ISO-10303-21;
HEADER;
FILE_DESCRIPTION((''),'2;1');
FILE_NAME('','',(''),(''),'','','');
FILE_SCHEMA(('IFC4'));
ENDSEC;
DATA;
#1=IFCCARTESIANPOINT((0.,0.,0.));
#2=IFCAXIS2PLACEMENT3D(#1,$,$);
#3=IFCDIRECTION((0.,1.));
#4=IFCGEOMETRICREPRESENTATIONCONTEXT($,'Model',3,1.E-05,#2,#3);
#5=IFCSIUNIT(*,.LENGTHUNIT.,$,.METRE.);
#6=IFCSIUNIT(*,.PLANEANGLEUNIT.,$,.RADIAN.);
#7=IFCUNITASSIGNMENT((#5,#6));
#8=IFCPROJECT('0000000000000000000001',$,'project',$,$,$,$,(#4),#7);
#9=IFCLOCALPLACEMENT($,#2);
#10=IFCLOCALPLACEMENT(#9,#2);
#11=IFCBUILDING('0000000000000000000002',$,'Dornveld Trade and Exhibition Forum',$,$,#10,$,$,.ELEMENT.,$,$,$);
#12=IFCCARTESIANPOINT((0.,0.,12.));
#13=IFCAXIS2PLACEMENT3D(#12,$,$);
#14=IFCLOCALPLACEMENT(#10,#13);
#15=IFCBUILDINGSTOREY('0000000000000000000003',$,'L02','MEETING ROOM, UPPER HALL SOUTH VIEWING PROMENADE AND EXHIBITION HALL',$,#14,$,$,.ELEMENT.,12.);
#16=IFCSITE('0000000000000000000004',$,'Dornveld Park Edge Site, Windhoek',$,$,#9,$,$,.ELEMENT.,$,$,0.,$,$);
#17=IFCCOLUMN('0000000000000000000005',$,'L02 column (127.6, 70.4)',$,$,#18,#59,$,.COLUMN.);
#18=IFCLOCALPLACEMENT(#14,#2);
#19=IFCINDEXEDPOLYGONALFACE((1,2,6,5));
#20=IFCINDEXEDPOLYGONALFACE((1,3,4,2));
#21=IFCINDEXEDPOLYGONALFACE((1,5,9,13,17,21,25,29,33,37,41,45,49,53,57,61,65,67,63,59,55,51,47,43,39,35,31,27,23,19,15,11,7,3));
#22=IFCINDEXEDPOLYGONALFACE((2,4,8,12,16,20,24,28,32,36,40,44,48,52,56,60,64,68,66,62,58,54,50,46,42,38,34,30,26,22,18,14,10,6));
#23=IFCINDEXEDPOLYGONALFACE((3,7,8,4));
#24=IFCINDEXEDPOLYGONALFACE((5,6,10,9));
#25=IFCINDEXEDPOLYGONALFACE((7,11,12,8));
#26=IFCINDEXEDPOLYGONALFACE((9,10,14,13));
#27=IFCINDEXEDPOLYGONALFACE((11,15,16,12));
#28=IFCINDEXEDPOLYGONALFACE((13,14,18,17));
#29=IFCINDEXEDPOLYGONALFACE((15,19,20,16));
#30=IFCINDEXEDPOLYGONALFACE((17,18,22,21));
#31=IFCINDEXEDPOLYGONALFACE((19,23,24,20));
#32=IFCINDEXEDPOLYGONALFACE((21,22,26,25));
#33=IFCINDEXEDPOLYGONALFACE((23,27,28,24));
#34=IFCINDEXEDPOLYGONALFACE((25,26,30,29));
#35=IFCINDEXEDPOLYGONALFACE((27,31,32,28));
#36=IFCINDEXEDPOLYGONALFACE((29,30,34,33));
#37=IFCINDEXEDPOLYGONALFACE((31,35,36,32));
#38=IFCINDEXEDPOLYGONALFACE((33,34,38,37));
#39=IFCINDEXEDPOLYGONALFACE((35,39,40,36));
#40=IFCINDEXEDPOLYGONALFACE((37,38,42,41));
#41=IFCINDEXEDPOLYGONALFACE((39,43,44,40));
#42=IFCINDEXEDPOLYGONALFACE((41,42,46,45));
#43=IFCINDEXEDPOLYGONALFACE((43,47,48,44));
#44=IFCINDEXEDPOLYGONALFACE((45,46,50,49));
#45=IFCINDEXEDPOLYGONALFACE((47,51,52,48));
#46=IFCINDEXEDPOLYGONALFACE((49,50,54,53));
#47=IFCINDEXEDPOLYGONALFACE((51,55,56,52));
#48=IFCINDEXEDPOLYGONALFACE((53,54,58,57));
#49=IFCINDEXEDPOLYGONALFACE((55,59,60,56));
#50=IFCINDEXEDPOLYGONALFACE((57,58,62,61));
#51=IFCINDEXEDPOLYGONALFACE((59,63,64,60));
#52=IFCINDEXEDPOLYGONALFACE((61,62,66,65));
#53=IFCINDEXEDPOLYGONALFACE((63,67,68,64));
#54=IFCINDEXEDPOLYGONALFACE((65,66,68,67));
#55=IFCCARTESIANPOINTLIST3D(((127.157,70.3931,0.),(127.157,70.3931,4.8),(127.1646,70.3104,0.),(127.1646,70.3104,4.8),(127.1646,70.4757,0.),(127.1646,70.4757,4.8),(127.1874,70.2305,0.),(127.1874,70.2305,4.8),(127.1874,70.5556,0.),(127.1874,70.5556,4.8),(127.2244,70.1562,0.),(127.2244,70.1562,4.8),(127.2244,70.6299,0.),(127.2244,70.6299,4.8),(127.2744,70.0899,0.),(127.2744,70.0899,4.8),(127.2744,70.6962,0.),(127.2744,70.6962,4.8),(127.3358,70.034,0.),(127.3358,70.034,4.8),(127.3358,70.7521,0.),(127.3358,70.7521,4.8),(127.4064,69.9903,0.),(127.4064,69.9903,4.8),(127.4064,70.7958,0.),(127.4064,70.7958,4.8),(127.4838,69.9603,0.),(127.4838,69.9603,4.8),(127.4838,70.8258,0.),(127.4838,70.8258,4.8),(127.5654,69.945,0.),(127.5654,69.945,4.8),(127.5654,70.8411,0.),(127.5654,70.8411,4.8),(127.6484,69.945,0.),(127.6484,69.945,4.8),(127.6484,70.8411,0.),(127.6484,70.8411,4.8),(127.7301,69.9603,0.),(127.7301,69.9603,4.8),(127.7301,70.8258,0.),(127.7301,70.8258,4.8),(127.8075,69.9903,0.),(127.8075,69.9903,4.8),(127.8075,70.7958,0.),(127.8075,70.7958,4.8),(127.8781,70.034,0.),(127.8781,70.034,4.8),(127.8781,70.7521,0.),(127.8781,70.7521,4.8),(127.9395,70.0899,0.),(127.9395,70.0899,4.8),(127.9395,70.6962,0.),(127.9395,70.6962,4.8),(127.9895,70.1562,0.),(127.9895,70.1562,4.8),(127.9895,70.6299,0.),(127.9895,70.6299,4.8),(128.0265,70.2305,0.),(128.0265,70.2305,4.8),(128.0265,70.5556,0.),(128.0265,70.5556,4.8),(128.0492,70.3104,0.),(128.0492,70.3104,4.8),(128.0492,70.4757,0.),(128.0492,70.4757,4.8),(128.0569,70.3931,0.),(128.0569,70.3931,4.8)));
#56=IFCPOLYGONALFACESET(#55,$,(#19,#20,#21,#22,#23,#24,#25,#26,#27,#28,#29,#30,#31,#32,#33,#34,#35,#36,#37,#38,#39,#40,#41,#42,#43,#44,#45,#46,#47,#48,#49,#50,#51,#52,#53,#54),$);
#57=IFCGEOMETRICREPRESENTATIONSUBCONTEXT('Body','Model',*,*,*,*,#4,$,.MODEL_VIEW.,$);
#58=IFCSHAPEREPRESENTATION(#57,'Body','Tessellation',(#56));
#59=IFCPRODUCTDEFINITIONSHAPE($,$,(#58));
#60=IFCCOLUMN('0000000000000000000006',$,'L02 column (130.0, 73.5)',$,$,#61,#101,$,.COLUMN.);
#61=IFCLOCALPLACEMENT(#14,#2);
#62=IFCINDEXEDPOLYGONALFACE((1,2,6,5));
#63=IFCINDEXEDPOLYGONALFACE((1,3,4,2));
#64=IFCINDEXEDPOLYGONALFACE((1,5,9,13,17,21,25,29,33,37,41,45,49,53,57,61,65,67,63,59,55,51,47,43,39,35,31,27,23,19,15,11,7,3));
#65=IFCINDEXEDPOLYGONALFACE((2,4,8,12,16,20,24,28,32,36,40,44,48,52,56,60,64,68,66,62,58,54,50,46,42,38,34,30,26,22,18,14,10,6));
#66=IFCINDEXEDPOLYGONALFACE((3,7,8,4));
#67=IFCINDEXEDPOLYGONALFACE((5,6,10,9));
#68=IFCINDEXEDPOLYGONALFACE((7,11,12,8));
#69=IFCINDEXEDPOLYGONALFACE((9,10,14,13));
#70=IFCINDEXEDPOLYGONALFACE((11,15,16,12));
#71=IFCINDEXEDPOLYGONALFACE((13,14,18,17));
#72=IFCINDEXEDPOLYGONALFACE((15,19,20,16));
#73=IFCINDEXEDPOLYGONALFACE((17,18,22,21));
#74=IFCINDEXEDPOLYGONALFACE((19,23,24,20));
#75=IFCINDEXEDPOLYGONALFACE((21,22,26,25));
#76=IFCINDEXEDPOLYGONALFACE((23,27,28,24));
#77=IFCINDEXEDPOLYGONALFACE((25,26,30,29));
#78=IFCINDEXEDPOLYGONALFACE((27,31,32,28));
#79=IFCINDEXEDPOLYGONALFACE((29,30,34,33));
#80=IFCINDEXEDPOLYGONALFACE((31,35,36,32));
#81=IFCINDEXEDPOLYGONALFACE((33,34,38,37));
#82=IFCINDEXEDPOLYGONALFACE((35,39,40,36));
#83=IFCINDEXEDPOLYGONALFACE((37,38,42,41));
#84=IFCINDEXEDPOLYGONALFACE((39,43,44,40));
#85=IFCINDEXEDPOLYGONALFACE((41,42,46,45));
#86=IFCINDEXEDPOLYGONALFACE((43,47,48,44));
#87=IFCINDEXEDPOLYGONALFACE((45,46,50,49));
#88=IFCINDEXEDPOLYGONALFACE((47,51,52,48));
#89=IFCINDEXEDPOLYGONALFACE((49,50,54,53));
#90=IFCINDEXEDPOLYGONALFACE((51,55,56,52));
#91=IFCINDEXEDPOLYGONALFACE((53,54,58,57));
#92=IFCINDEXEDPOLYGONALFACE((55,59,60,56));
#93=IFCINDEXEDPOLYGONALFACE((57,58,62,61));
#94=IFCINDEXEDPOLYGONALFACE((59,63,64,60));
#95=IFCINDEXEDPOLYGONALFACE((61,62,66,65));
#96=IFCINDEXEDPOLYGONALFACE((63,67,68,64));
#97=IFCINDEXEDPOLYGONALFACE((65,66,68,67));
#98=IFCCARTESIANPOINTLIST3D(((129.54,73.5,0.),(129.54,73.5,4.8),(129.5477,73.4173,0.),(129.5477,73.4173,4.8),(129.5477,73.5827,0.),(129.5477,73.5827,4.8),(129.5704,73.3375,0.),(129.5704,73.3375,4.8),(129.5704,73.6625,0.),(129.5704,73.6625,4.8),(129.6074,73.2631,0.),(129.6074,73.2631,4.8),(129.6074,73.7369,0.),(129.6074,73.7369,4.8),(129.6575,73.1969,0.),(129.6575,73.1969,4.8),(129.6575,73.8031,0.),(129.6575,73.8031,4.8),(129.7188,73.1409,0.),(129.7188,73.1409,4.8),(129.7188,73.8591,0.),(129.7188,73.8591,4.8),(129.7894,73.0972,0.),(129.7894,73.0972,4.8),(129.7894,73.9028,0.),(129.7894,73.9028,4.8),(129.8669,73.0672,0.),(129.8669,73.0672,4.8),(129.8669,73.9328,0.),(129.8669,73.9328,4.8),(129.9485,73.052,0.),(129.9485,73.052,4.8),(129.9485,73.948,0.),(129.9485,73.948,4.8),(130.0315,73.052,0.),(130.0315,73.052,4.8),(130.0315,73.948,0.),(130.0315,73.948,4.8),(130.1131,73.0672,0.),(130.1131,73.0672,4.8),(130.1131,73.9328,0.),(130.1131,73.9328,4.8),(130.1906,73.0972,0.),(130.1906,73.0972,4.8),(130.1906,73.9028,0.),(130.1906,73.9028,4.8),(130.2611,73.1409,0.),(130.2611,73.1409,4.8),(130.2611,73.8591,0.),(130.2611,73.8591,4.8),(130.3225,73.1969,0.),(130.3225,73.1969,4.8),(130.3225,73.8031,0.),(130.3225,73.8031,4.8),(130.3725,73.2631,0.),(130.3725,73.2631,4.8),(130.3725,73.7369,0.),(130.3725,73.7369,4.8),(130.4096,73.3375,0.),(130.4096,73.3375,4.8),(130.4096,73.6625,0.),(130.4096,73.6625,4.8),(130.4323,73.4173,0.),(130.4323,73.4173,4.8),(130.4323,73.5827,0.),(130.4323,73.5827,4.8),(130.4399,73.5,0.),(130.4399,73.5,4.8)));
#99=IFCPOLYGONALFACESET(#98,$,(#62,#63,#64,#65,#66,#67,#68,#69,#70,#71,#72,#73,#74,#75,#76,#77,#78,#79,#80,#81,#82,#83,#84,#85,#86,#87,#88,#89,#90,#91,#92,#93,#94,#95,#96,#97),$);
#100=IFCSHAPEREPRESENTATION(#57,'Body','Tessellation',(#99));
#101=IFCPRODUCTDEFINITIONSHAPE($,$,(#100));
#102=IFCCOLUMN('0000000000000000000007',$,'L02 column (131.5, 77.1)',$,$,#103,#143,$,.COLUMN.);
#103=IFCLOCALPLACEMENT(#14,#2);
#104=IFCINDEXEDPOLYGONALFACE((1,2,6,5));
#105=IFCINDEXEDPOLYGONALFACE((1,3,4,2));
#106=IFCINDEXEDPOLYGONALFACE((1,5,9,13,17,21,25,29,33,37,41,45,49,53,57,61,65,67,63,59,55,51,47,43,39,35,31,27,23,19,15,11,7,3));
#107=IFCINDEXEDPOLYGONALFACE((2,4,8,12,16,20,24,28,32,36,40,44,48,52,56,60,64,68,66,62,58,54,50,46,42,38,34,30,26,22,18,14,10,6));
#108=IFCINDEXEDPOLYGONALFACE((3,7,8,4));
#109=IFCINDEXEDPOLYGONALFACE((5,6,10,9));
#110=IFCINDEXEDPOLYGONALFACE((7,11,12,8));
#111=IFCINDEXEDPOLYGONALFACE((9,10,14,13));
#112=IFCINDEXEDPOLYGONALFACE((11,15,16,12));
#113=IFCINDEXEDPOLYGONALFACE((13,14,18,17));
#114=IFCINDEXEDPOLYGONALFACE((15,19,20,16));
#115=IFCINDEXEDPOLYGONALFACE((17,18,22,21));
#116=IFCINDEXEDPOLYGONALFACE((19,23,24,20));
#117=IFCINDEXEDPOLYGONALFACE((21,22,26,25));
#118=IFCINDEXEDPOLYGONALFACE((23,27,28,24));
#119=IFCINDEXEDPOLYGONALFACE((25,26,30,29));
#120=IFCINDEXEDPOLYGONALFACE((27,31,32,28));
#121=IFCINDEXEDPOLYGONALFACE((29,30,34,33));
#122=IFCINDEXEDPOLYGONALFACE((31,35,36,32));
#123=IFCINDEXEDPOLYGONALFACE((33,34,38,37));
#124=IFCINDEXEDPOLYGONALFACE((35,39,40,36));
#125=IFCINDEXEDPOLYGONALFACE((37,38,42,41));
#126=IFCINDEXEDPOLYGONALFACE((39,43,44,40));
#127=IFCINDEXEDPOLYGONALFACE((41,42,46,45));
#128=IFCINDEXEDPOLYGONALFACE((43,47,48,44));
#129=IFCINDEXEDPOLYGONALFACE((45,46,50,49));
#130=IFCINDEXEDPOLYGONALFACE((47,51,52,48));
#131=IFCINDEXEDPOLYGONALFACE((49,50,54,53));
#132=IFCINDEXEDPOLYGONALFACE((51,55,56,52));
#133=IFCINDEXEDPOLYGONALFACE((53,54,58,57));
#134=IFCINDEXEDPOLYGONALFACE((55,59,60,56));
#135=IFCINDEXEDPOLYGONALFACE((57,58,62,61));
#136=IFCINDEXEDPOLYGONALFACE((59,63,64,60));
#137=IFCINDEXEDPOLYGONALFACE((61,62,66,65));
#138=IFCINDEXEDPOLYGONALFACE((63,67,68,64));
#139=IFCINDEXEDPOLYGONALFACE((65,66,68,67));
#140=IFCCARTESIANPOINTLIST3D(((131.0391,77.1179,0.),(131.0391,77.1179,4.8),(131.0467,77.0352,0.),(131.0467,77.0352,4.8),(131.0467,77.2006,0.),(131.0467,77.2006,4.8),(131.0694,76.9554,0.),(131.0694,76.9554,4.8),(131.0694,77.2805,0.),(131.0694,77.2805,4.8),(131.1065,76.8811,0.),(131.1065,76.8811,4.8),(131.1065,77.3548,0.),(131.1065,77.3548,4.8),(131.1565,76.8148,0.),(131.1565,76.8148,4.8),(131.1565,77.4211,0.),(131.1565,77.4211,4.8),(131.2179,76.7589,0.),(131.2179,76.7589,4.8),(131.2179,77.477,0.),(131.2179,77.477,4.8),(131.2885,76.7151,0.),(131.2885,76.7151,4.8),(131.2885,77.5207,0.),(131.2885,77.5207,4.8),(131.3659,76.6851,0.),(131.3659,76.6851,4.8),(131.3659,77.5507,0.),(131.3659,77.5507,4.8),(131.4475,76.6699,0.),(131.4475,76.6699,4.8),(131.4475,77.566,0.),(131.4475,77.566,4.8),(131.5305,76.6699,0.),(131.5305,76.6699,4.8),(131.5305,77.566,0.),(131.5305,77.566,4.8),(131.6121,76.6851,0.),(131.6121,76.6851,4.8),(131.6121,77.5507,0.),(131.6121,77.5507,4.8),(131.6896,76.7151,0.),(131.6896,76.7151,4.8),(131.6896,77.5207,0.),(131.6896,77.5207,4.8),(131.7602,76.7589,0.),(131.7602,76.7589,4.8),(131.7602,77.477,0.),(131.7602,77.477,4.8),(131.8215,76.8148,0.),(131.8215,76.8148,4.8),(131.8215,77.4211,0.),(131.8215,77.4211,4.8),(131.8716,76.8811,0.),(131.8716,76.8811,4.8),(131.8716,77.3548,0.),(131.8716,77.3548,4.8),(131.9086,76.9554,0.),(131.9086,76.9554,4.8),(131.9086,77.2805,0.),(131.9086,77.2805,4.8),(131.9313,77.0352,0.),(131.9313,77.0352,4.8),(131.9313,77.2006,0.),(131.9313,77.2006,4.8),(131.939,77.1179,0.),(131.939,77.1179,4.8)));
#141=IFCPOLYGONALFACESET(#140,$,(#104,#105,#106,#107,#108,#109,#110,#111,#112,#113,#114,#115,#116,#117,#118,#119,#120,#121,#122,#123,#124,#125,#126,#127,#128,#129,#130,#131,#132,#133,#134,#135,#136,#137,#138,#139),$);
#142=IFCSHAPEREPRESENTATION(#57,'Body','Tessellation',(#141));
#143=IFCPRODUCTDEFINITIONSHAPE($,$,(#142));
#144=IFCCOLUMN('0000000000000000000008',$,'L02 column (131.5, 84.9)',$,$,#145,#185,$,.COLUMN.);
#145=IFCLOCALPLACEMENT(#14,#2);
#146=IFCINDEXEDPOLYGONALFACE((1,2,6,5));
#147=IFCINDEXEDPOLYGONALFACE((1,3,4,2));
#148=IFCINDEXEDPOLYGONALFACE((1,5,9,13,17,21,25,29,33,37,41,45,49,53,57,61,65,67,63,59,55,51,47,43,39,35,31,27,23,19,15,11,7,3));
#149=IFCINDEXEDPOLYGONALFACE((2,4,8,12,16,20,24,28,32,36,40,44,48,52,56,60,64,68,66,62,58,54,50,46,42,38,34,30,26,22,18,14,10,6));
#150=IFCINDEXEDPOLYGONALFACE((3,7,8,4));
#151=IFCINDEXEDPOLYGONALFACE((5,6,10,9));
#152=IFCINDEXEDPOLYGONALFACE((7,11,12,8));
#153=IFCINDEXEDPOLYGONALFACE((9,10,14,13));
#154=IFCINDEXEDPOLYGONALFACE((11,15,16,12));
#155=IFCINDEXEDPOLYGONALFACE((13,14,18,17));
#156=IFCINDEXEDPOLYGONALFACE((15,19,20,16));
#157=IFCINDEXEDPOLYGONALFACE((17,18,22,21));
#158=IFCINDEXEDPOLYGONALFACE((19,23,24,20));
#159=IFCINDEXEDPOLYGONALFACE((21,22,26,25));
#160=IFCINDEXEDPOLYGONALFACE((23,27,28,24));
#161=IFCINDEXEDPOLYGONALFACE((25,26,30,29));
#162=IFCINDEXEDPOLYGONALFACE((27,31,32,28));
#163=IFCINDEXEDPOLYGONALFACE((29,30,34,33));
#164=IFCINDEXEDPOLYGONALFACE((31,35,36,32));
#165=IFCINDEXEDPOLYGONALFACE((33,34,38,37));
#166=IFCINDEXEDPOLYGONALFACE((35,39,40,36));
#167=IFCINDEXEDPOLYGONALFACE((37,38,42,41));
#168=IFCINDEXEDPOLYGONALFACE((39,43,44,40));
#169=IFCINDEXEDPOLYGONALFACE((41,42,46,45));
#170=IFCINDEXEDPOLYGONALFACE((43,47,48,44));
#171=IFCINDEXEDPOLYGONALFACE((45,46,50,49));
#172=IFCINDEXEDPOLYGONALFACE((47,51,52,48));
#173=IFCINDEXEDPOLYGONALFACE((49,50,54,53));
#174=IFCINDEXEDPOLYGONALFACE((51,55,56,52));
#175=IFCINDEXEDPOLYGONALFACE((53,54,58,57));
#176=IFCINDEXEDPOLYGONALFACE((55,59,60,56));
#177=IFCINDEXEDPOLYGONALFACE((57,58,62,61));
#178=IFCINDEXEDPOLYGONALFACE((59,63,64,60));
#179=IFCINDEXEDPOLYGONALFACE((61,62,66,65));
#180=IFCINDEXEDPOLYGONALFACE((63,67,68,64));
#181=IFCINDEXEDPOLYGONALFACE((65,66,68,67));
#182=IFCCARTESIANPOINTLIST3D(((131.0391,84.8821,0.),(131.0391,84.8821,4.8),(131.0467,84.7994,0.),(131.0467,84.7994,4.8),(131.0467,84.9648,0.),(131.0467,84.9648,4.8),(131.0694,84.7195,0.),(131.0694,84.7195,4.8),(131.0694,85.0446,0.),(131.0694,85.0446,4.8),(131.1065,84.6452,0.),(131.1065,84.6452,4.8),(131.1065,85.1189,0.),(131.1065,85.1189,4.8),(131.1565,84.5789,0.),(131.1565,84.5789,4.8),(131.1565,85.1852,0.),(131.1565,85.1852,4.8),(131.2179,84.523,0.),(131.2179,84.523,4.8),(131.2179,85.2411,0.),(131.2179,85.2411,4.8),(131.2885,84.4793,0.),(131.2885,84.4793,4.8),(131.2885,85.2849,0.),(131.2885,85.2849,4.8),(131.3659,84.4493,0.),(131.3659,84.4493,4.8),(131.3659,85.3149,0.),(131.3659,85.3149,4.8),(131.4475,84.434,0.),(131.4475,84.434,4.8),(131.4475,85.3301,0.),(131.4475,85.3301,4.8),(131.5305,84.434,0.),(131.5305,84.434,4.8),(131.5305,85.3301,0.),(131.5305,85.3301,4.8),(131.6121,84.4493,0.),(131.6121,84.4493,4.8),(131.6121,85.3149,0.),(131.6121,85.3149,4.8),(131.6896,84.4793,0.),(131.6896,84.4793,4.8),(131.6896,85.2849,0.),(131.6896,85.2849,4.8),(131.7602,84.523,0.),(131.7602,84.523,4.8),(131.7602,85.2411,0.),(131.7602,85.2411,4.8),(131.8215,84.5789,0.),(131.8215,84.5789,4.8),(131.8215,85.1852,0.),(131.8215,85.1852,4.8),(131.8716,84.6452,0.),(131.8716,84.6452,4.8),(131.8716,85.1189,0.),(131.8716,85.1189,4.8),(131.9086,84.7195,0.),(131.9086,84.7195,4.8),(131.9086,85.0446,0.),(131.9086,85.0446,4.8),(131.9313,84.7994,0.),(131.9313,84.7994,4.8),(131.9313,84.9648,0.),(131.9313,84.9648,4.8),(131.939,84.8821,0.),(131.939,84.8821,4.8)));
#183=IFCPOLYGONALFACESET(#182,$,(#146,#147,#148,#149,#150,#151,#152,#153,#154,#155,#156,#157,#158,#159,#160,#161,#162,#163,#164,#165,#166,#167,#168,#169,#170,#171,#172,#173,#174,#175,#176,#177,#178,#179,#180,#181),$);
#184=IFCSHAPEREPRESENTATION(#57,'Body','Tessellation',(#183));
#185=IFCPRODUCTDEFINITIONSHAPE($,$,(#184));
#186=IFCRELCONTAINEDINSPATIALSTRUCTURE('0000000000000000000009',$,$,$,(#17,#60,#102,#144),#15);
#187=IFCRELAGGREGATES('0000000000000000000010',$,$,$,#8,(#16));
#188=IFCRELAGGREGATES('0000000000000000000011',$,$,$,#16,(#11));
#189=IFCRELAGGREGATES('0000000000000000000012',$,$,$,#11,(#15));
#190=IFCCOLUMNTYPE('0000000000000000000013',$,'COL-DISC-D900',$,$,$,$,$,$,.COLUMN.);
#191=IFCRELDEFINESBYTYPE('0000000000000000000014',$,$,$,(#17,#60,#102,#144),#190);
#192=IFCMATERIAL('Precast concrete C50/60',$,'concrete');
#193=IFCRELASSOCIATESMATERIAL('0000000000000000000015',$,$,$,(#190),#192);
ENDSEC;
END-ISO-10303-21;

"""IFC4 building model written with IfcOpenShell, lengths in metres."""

from ifc_helpers import new_model, si_unit, direction, frame, origin, origin_2d, place, context, subcontext, project, spatial, circle, extrude, material, material_profile, profile_set, type_object, element, save


model = new_model("IFC4")

# Units and contexts
model_context = context("Model", 3, precision=1e-05, world=origin(), true_north=direction((0.0, 1.0)))
body_context = subcontext(model_context, "Body", "Model", "MODEL_VIEW")
ifc_project = project(units=[si_unit("LENGTHUNIT", "METRE"), si_unit("PLANEANGLEUNIT", "RADIAN")], contexts=[model_context])

# Site, building, storey
site_placement = place(None, origin())
site = spatial("IfcSite", under=ifc_project, at=site_placement, Name="Dornveld Park Edge Site, Windhoek", CompositionType="ELEMENT", RefElevation=0.0)
building_placement = place(site_placement, origin())
building = spatial("IfcBuilding", under=site, at=building_placement, Name="Dornveld Trade and Exhibition Forum", CompositionType="ELEMENT")
storey_placement = place(building_placement, frame((0.0, 0.0, 12.0)))
storey = spatial("IfcBuildingStorey", under=building, at=storey_placement, Name="L02", Description="MEETING ROOM, UPPER HALL SOUTH VIEWING PROMENADE AND EXHIBITION HALL", CompositionType="ELEMENT", Elevation=12.0)

# Columns
ifc_material_1 = material(Name="Precast concrete C50/60", Category="concrete")
ifc_material_profile_1 = material_profile(ifc_material_1, circle(Radius=0.45, at=origin_2d()), Name="PC-COL D900")
ifc_profile_set_1 = profile_set([ifc_material_profile_1], Name="Precast concrete C50/60")
column_type_1 = type_object("IfcColumnType", Name="COL-DISC-D900", PredefinedType="COLUMN", material=ifc_profile_set_1)
for number, where, z_axis, x_axis, name in (
    (1, (127.6069, 70.3931, 0.0), (0.0, 0.0, 1.0), (1.0, 0.0, 0.0), "L02 column (127.6, 70.4)"),
    (2, (129.99, 73.5, 0.0), (0.0, 0.0, 1.0), (1.0, 0.0, 0.0), "L02 column (130.0, 73.5)"),
    (3, (131.489, 77.1179, 0.0), (0.0, 0.0, 1.0), (1.0, 0.0, 0.0), "L02 column (131.5, 77.1)"),
    (4, (131.489, 84.8821, 0.0), (0.0, 0.0, 1.0), (1.0, 0.0, 0.0), "L02 column (131.5, 84.9)"),
):
    element("IfcColumn", number, at=place(storey_placement, frame(where, z_axis=z_axis, x_axis=x_axis)), inside=storey, type_object=column_type_1, Name=name, PredefinedType="COLUMN", context=body_context, shape_type="SweptSolid", body=[
        extrude(circle(Radius=0.45, at=origin_2d()), origin(), (0.0, 0.0, 1.0), 4.8),
    ])

save(model, "model.ifc")
